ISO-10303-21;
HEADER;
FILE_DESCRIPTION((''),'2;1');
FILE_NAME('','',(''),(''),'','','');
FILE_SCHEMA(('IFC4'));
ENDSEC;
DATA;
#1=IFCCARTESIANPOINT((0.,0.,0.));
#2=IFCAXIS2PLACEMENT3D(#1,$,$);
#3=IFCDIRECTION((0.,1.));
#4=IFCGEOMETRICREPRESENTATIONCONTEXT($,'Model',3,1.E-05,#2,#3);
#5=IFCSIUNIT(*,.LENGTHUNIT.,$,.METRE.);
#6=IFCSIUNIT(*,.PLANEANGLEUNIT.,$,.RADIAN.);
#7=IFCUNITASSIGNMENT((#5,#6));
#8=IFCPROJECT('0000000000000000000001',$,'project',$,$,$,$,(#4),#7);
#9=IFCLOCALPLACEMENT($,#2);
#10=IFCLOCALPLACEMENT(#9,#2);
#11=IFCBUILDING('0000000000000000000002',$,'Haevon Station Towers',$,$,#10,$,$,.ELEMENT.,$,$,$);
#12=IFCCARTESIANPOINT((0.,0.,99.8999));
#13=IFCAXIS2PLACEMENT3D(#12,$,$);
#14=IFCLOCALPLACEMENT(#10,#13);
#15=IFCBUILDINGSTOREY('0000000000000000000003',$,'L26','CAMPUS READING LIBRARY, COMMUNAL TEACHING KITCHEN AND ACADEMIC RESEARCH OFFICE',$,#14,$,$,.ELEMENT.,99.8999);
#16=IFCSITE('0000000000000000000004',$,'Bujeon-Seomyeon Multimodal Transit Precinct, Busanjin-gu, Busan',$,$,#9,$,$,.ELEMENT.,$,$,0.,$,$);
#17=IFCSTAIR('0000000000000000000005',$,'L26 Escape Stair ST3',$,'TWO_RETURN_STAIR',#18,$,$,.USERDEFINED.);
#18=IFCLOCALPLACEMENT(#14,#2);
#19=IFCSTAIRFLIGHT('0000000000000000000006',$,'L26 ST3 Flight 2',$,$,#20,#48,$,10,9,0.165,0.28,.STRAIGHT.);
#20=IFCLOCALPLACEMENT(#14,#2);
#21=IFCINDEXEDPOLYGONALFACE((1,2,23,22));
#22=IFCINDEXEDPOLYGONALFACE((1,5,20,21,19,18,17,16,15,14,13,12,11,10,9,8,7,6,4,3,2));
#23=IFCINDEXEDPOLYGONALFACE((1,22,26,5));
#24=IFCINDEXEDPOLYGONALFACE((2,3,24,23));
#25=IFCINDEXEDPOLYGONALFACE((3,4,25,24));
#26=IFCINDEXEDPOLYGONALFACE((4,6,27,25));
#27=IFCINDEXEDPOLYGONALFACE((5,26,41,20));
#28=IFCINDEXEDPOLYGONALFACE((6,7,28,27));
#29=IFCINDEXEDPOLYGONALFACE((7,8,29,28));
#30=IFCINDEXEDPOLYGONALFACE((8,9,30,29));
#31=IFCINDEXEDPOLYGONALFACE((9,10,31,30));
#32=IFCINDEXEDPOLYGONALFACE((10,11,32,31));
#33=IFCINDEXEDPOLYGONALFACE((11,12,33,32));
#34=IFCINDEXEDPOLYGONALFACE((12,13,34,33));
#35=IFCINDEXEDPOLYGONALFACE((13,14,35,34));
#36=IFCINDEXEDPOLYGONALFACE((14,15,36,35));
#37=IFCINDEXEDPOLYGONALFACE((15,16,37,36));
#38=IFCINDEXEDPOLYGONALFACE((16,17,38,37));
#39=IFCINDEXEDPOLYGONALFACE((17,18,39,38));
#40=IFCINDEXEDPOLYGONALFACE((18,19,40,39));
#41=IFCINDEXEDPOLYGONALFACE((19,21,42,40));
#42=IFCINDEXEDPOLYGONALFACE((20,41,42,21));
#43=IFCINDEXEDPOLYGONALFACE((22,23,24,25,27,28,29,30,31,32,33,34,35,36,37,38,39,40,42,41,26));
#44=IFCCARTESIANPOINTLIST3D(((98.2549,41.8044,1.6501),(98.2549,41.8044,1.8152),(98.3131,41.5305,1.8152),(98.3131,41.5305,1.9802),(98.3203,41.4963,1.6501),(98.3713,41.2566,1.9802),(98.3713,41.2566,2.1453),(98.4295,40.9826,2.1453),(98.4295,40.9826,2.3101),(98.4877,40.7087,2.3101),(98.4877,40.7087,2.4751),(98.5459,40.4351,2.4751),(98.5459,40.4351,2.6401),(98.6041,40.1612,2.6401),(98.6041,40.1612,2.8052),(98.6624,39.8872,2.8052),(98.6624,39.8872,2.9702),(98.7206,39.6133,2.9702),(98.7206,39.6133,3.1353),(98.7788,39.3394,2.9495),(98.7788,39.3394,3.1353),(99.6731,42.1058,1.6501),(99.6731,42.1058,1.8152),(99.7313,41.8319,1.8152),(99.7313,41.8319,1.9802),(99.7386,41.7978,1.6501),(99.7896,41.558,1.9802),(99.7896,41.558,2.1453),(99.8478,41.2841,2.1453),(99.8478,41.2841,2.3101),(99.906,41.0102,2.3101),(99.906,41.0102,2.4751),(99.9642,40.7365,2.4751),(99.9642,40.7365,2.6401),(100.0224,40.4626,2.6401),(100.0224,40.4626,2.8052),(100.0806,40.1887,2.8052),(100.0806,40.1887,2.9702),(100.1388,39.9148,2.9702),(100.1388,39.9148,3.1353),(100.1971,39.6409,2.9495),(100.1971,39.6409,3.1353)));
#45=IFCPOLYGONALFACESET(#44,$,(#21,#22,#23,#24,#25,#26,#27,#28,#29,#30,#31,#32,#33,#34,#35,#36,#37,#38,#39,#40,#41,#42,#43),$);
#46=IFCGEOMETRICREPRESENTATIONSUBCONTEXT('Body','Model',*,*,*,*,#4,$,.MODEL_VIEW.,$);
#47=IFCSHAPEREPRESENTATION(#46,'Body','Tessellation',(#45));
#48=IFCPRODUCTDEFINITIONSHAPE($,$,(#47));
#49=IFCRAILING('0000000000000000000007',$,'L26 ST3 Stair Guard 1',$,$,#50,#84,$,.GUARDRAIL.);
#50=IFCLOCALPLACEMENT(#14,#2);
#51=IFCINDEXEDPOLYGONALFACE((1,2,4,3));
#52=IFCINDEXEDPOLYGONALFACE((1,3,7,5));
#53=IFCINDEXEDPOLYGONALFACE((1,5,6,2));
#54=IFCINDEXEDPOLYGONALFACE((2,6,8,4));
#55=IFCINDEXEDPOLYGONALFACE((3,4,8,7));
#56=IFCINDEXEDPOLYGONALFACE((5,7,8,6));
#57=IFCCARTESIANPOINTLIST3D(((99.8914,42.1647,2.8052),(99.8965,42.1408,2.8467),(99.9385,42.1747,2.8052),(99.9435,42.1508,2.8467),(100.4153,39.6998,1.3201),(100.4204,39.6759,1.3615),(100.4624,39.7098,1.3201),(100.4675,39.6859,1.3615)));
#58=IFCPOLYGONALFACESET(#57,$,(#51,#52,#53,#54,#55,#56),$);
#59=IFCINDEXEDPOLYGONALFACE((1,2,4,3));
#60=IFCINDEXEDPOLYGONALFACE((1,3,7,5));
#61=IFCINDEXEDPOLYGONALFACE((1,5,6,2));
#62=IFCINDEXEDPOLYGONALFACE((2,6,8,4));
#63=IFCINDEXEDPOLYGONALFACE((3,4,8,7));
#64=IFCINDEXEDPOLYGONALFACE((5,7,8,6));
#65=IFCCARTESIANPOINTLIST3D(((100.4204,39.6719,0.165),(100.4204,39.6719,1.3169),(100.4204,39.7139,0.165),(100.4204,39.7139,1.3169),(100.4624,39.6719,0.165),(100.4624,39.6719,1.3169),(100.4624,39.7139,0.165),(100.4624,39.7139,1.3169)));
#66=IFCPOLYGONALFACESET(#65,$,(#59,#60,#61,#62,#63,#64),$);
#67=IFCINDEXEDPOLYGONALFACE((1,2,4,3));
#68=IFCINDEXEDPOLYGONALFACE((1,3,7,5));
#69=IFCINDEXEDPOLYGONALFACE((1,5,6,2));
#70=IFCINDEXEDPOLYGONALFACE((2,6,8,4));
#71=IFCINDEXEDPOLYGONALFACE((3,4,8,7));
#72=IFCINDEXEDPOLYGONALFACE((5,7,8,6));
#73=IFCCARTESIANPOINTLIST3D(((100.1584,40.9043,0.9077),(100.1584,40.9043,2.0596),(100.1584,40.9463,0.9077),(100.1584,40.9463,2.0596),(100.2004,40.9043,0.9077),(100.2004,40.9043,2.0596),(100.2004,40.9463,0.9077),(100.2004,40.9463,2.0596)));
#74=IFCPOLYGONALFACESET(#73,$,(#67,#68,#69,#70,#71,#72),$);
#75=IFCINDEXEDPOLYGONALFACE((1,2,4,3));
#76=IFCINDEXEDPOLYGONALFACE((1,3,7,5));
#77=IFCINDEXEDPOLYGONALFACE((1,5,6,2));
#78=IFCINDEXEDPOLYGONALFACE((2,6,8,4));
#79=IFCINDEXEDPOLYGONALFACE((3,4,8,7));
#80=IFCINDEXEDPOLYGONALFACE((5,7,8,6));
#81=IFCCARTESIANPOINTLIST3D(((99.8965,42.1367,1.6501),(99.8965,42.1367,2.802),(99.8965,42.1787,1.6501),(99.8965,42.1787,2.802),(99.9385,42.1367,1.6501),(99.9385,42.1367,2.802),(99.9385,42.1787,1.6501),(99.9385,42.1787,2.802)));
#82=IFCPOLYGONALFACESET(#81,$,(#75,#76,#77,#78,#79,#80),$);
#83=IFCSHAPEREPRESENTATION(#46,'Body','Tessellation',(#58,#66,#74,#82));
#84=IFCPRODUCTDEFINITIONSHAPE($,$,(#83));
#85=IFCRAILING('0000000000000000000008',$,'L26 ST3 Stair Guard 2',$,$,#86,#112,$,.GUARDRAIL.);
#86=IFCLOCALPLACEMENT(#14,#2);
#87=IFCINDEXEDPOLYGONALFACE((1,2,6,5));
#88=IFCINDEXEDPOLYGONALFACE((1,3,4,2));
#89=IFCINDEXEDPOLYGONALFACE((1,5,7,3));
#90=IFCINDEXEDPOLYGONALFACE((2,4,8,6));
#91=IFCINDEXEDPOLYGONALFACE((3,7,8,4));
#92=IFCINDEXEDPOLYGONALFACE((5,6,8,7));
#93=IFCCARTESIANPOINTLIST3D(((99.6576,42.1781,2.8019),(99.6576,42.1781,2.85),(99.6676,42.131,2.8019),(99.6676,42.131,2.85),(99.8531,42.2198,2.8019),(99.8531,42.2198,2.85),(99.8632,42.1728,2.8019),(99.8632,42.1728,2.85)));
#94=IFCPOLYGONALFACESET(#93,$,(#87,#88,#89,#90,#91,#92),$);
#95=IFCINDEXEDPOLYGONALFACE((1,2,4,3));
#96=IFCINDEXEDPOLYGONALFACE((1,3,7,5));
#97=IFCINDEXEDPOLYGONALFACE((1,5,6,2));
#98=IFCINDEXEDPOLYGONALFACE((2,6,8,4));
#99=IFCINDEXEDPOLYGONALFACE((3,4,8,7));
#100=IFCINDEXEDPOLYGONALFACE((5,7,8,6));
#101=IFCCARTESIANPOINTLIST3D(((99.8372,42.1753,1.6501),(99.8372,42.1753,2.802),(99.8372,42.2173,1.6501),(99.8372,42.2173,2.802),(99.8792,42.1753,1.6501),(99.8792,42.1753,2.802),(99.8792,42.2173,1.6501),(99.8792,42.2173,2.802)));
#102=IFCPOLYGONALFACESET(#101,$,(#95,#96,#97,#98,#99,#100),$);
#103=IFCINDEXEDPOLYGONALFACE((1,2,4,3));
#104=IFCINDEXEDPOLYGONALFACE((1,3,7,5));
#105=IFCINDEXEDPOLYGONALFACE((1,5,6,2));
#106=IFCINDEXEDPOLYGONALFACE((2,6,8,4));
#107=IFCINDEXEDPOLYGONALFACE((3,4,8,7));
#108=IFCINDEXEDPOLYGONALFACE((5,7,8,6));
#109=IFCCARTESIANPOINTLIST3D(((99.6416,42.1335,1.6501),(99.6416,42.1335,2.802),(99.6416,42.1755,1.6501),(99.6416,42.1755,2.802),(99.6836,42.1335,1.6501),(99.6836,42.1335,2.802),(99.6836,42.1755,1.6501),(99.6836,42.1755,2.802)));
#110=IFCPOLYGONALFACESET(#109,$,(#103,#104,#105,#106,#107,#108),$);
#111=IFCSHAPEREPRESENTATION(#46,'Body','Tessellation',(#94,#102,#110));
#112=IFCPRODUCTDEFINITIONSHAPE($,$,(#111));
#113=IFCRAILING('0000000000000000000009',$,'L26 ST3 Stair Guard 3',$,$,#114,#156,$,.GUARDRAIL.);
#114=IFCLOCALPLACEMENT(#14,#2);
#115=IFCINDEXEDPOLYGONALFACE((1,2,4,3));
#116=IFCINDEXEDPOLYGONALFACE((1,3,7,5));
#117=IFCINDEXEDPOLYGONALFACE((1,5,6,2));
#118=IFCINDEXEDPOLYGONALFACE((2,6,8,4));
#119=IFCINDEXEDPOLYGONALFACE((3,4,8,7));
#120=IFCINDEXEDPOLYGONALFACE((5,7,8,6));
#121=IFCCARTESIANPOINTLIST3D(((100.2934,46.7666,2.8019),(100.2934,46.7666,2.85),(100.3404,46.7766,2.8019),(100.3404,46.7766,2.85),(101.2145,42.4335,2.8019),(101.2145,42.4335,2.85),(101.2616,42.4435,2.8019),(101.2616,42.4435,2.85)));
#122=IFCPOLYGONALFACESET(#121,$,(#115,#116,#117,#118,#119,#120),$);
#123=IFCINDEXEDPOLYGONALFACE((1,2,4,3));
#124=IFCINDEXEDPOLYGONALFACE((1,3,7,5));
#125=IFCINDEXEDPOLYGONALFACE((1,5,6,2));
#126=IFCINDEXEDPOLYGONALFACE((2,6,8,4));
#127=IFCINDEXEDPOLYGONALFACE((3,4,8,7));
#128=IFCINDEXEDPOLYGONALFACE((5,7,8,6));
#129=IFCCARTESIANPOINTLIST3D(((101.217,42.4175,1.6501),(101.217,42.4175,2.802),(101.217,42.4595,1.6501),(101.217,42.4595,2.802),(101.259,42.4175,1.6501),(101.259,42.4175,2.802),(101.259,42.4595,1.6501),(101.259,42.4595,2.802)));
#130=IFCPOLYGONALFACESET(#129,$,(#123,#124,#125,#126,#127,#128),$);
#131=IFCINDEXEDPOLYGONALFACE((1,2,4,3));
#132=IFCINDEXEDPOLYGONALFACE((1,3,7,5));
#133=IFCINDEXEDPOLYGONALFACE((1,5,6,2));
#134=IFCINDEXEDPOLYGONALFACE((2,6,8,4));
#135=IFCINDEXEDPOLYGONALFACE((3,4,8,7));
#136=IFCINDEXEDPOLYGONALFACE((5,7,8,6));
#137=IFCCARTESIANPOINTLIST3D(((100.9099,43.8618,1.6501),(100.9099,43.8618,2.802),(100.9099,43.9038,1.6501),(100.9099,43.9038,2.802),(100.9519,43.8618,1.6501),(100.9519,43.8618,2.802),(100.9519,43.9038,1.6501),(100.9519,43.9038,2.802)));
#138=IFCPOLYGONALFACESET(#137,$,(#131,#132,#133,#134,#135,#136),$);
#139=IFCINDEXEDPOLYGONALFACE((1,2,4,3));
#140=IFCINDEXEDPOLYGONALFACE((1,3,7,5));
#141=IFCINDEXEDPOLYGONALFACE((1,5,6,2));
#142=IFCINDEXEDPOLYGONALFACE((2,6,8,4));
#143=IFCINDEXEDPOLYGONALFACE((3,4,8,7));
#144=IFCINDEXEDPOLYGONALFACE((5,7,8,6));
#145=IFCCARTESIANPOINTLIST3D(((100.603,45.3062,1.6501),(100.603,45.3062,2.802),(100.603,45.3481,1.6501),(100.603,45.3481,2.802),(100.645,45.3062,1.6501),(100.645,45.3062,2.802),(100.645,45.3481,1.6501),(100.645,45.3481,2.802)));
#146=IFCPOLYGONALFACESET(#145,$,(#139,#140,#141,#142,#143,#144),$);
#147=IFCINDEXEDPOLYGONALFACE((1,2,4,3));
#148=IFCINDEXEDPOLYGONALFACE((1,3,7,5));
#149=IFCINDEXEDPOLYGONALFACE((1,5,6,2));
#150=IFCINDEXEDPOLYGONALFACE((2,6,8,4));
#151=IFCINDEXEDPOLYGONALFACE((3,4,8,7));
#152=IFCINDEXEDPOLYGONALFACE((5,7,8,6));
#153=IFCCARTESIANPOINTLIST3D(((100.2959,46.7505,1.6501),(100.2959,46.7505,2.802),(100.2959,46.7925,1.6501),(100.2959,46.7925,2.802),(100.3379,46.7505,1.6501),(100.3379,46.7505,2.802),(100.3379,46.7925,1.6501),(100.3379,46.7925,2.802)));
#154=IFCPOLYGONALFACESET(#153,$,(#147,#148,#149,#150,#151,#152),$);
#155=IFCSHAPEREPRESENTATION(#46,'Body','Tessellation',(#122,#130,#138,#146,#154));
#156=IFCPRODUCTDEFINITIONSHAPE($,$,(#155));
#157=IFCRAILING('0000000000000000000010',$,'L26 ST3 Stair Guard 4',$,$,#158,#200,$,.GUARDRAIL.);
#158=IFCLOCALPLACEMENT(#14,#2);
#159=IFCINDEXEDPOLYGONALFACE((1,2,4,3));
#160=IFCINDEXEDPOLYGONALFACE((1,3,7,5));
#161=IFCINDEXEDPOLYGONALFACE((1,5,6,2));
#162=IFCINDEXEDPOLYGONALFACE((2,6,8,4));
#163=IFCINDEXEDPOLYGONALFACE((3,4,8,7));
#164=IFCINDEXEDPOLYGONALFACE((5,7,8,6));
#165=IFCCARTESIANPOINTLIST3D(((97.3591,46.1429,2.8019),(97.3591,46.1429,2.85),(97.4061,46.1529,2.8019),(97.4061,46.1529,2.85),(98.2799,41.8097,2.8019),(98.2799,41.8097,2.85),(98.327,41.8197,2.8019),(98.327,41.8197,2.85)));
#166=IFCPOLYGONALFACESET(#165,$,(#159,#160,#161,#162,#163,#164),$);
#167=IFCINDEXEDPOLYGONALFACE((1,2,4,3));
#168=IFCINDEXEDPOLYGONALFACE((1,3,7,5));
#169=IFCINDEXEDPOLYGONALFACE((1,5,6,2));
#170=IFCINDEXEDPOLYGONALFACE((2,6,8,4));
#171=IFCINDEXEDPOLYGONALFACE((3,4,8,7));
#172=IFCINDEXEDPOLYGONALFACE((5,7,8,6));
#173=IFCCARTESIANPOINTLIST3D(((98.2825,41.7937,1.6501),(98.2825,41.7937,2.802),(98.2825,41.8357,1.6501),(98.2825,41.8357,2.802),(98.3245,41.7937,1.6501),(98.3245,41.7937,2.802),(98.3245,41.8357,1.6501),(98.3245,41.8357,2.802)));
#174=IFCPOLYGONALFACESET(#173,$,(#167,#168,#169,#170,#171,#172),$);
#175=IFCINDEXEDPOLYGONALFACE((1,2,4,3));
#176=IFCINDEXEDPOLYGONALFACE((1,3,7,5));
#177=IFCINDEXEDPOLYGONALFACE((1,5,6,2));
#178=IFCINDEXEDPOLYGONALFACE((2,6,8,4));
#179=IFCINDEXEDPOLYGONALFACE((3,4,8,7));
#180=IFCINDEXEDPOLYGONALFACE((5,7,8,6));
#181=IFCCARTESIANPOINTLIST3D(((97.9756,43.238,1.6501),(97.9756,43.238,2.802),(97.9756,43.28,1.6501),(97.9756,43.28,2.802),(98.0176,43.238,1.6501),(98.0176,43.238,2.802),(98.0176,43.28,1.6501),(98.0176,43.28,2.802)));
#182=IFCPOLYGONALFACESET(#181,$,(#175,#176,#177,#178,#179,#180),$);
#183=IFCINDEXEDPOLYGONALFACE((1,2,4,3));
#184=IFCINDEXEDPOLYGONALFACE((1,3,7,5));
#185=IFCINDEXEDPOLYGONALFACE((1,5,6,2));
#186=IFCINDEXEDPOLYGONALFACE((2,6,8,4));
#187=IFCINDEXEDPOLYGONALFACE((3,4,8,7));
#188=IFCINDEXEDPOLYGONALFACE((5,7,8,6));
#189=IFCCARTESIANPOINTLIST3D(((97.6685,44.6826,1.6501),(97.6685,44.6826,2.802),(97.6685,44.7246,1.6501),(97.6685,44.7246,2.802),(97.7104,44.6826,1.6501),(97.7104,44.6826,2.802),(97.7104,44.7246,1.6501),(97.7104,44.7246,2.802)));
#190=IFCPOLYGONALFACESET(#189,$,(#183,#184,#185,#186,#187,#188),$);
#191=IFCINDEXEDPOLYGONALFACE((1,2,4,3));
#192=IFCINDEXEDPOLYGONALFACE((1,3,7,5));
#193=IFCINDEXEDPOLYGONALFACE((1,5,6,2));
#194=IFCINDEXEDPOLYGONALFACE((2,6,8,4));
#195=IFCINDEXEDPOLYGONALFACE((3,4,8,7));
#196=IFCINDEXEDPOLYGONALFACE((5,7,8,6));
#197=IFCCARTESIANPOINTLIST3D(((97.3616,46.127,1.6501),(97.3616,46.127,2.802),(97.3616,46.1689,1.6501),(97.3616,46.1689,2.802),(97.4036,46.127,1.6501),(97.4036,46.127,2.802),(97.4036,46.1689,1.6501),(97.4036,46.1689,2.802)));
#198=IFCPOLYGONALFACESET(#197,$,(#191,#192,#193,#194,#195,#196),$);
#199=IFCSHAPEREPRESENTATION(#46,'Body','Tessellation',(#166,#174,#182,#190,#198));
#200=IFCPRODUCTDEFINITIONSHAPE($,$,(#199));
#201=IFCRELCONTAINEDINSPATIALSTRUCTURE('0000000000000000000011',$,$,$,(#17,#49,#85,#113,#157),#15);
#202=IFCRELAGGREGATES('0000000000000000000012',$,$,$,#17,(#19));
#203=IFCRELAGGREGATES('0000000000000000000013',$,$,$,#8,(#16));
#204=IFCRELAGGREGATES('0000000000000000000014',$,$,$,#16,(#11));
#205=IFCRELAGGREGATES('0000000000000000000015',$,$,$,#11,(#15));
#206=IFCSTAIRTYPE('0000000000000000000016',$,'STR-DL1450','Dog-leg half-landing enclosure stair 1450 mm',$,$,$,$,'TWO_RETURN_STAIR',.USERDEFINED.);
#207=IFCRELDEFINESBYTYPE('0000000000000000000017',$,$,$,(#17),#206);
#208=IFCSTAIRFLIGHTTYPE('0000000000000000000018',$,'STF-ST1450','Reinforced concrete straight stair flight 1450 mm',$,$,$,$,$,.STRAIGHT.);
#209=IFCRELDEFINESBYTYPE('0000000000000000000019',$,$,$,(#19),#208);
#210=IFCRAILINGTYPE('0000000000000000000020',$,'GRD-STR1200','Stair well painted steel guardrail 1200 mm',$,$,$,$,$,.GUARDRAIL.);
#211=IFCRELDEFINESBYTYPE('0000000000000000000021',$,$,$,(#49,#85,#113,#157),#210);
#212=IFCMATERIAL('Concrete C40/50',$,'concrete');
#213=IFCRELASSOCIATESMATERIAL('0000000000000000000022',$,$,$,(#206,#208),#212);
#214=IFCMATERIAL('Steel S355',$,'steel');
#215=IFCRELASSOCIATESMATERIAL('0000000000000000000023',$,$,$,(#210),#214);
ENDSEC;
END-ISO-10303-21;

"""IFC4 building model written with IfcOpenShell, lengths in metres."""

from ifc_helpers import new_model, si_unit, direction, frame, origin, origin_2d, place, context, subcontext, project, spatial, polyline, rectangle, outline, extrude, material, type_object, element, aggregate, save


model = new_model("IFC4")

# Units and contexts
model_context = context("Model", 3, precision=1e-05, world=origin(), true_north=direction((0.0, 1.0)))
body_context = subcontext(model_context, "Body", "Model", "MODEL_VIEW")
ifc_project = project(units=[si_unit("LENGTHUNIT", "METRE"), si_unit("PLANEANGLEUNIT", "RADIAN")], contexts=[model_context])

# Site, building, storey
site_placement = place(None, origin())
site = spatial("IfcSite", under=ifc_project, at=site_placement, Name="Bujeon-Seomyeon Multimodal Transit Precinct, Busanjin-gu, Busan", CompositionType="ELEMENT", RefElevation=0.0)
building_placement = place(site_placement, origin())
building = spatial("IfcBuilding", under=site, at=building_placement, Name="Haevon Station Towers", CompositionType="ELEMENT")
storey_placement = place(building_placement, frame((0.0, 0.0, 99.8999)))
storey = spatial("IfcBuildingStorey", under=building, at=storey_placement, Name="L26", Description="CAMPUS READING LIBRARY, COMMUNAL TEACHING KITCHEN AND ACADEMIC RESEARCH OFFICE", CompositionType="ELEMENT", Elevation=99.8999)

# Shared definitions
ifc_material_1 = material(Name="Steel S355", Category="steel")

# Shared definitions
ifc_material_2 = material(Name="Concrete C40/50", Category="concrete")

# Stair, stair flight
stair_type = type_object("IfcStairType", Name="STR-DL1450", Description="Dog-leg half-landing enclosure stair 1450 mm", ElementType="TWO_RETURN_STAIR", PredefinedType="USERDEFINED", material=ifc_material_2)
stair_placement = place(storey_placement, origin())
stair = element("IfcStair", 1, at=stair_placement, inside=storey, type_object=stair_type, Name="L26 Escape Stair ST3", ObjectType="TWO_RETURN_STAIR", PredefinedType="USERDEFINED")
stair_flight_type = type_object("IfcStairFlightType", Name="STF-ST1450", Description="Reinforced concrete straight stair flight 1450 mm", PredefinedType="STRAIGHT", material=ifc_material_2)
stair_flight_1_placement = place(storey_placement, frame((98.9639, 41.9551, 1.6501), z_axis=(0.0, 0.0, 1.0), x_axis=(0.207912, -0.978148, 0.0)))
stair_flight_1 = element("IfcStairFlight", 2, at=stair_flight_1_placement, type_object=stair_flight_type, Name="L26 ST3 Flight 2", NumberOfRisers=10, NumberOfTreads=9, PredefinedType="STRAIGHT", RiserHeight=0.165, TreadLength=0.28, context=body_context, shape_type="SweptSolid", body=[
    extrude(outline(polyline([(0.0, 0.0), (0.0, 0.165), (0.28, 0.165), (0.28, 0.3301), (0.5601, 0.3301), (0.5601, 0.4951), (0.8401, 0.4951), (0.8401, 0.6599), (1.1201, 0.6599), (1.1201, 0.825), (1.3999, 0.825), (1.3999, 0.99), (1.6799, 0.99), (1.6799, 1.155), (1.96, 1.155), (1.96, 1.3201), (2.24, 1.3201), (2.24, 1.4851), (2.52, 1.4851), (2.52, 1.6499), (2.52, 1.2993), (0.3149, 0.0), (0.0, 0.0)])), frame((0.0, 0.7251, 0.0), z_axis=(0.0, -1.0, 0.0), x_axis=(1.0, 0.0, 0.0)), (0.0, 0.0, 1.0), 1.45),
])
aggregate(stair, [stair_flight_1])

# Railings
railing_type_1 = type_object("IfcRailingType", Name="GRD-STR1200", Description="Stair well painted steel guardrail 1200 mm", PredefinedType="GUARDRAIL", material=ifc_material_1)
railing_1_placement = place(storey_placement, frame((100.4414, 39.6929, 0.165)))
element("IfcRailing", 3, at=railing_1_placement, inside=storey, type_object=railing_type_1, Name="L26 ST3 Stair Guard 1", PredefinedType="GUARDRAIL", context=body_context, shape_type="SweptSolid", body=[
    extrude(rectangle(XDim=0.0481, YDim=0.0481, at=origin_2d()), frame((0.0, 0.0, 1.1758), z_axis=(-0.179121, 0.842688, 0.507733), x_axis=(-0.978147, -0.207914, 0.0)), (0.0, 0.0, 1.0), 2.925),
    extrude(rectangle(XDim=0.042, YDim=0.042, at=origin_2d()), origin(), (0.0, 0.0, 1.0), 1.1519),
    extrude(rectangle(XDim=0.042, YDim=0.042, at=origin_2d()), frame((-0.262, 1.2324, 0.7427)), (0.0, 0.0, 1.0), 1.1519),
    extrude(rectangle(XDim=0.042, YDim=0.042, at=origin_2d()), frame((-0.5239, 2.4648, 1.4851)), (0.0, 0.0, 1.0), 1.1519),
])
railing_2_placement = place(storey_placement, frame((99.8582, 42.1963, 1.6501)))
element("IfcRailing", 4, at=railing_2_placement, inside=storey, type_object=railing_type_1, Name="L26 ST3 Stair Guard 2", PredefinedType="GUARDRAIL", context=body_context, shape_type="SweptSolid", body=[
    extrude(rectangle(XDim=0.0481, YDim=0.0481, at=origin_2d()), frame((0.0, 0.0, 1.1758), z_axis=(-0.977963, -0.208779, 0.0), x_axis=(0.208779, -0.977963, 0.0)), (0.0, 0.0, 1.0), 0.2),
    extrude(rectangle(XDim=0.042, YDim=0.042, at=origin_2d()), origin(), (0.0, 0.0, 1.0), 1.1519),
    extrude(rectangle(XDim=0.042, YDim=0.042, at=origin_2d()), frame((-0.1956, -0.0417, 0.0)), (0.0, 0.0, 1.0), 1.1519),
])
railing_3_placement = place(storey_placement, frame((101.238, 42.4385, 1.6501)))
element("IfcRailing", 5, at=railing_3_placement, inside=storey, type_object=railing_type_1, Name="L26 ST3 Stair Guard 3", PredefinedType="GUARDRAIL", context=body_context, shape_type="SweptSolid", body=[
    extrude(rectangle(XDim=0.0481, YDim=0.0481, at=origin_2d()), frame((0.0, 0.0, 1.1758), z_axis=(-0.20794, 0.978141, 0.0), x_axis=(-0.978141, -0.20794, 0.0)), (0.0, 0.0, 1.0), 4.4299),
    extrude(rectangle(XDim=0.042, YDim=0.042, at=origin_2d()), origin(), (0.0, 0.0, 1.0), 1.1519),
    extrude(rectangle(XDim=0.042, YDim=0.042, at=origin_2d()), frame((-0.3071, 1.4443, 0.0)), (0.0, 0.0, 1.0), 1.1519),
    extrude(rectangle(XDim=0.042, YDim=0.042, at=origin_2d()), frame((-0.614, 2.8887, 0.0)), (0.0, 0.0, 1.0), 1.1519),
    extrude(rectangle(XDim=0.042, YDim=0.042, at=origin_2d()), frame((-0.9211, 4.333, 0.0)), (0.0, 0.0, 1.0), 1.1519),
])
railing_4_placement = place(storey_placement, frame((98.3035, 41.8147, 1.6501)))
element("IfcRailing", 6, at=railing_4_placement, inside=storey, type_object=railing_type_1, Name="L26 ST3 Stair Guard 4", PredefinedType="GUARDRAIL", context=body_context, shape_type="SweptSolid", body=[
    extrude(rectangle(XDim=0.0481, YDim=0.0481, at=origin_2d()), frame((0.0, 0.0, 1.1758), z_axis=(-0.207877, 0.978155, 0.0), x_axis=(-0.978155, -0.207877, 0.0)), (0.0, 0.0, 1.0), 4.4299),
    extrude(rectangle(XDim=0.042, YDim=0.042, at=origin_2d()), origin(), (0.0, 0.0, 1.0), 1.1519),
    extrude(rectangle(XDim=0.042, YDim=0.042, at=origin_2d()), frame((-0.3069, 1.4443, 0.0)), (0.0, 0.0, 1.0), 1.1519),
    extrude(rectangle(XDim=0.042, YDim=0.042, at=origin_2d()), frame((-0.614, 2.8889, 0.0)), (0.0, 0.0, 1.0), 1.1519),
    extrude(rectangle(XDim=0.042, YDim=0.042, at=origin_2d()), frame((-0.9209, 4.3333, 0.0)), (0.0, 0.0, 1.0), 1.1519),
])

save(model, "model.ifc")
